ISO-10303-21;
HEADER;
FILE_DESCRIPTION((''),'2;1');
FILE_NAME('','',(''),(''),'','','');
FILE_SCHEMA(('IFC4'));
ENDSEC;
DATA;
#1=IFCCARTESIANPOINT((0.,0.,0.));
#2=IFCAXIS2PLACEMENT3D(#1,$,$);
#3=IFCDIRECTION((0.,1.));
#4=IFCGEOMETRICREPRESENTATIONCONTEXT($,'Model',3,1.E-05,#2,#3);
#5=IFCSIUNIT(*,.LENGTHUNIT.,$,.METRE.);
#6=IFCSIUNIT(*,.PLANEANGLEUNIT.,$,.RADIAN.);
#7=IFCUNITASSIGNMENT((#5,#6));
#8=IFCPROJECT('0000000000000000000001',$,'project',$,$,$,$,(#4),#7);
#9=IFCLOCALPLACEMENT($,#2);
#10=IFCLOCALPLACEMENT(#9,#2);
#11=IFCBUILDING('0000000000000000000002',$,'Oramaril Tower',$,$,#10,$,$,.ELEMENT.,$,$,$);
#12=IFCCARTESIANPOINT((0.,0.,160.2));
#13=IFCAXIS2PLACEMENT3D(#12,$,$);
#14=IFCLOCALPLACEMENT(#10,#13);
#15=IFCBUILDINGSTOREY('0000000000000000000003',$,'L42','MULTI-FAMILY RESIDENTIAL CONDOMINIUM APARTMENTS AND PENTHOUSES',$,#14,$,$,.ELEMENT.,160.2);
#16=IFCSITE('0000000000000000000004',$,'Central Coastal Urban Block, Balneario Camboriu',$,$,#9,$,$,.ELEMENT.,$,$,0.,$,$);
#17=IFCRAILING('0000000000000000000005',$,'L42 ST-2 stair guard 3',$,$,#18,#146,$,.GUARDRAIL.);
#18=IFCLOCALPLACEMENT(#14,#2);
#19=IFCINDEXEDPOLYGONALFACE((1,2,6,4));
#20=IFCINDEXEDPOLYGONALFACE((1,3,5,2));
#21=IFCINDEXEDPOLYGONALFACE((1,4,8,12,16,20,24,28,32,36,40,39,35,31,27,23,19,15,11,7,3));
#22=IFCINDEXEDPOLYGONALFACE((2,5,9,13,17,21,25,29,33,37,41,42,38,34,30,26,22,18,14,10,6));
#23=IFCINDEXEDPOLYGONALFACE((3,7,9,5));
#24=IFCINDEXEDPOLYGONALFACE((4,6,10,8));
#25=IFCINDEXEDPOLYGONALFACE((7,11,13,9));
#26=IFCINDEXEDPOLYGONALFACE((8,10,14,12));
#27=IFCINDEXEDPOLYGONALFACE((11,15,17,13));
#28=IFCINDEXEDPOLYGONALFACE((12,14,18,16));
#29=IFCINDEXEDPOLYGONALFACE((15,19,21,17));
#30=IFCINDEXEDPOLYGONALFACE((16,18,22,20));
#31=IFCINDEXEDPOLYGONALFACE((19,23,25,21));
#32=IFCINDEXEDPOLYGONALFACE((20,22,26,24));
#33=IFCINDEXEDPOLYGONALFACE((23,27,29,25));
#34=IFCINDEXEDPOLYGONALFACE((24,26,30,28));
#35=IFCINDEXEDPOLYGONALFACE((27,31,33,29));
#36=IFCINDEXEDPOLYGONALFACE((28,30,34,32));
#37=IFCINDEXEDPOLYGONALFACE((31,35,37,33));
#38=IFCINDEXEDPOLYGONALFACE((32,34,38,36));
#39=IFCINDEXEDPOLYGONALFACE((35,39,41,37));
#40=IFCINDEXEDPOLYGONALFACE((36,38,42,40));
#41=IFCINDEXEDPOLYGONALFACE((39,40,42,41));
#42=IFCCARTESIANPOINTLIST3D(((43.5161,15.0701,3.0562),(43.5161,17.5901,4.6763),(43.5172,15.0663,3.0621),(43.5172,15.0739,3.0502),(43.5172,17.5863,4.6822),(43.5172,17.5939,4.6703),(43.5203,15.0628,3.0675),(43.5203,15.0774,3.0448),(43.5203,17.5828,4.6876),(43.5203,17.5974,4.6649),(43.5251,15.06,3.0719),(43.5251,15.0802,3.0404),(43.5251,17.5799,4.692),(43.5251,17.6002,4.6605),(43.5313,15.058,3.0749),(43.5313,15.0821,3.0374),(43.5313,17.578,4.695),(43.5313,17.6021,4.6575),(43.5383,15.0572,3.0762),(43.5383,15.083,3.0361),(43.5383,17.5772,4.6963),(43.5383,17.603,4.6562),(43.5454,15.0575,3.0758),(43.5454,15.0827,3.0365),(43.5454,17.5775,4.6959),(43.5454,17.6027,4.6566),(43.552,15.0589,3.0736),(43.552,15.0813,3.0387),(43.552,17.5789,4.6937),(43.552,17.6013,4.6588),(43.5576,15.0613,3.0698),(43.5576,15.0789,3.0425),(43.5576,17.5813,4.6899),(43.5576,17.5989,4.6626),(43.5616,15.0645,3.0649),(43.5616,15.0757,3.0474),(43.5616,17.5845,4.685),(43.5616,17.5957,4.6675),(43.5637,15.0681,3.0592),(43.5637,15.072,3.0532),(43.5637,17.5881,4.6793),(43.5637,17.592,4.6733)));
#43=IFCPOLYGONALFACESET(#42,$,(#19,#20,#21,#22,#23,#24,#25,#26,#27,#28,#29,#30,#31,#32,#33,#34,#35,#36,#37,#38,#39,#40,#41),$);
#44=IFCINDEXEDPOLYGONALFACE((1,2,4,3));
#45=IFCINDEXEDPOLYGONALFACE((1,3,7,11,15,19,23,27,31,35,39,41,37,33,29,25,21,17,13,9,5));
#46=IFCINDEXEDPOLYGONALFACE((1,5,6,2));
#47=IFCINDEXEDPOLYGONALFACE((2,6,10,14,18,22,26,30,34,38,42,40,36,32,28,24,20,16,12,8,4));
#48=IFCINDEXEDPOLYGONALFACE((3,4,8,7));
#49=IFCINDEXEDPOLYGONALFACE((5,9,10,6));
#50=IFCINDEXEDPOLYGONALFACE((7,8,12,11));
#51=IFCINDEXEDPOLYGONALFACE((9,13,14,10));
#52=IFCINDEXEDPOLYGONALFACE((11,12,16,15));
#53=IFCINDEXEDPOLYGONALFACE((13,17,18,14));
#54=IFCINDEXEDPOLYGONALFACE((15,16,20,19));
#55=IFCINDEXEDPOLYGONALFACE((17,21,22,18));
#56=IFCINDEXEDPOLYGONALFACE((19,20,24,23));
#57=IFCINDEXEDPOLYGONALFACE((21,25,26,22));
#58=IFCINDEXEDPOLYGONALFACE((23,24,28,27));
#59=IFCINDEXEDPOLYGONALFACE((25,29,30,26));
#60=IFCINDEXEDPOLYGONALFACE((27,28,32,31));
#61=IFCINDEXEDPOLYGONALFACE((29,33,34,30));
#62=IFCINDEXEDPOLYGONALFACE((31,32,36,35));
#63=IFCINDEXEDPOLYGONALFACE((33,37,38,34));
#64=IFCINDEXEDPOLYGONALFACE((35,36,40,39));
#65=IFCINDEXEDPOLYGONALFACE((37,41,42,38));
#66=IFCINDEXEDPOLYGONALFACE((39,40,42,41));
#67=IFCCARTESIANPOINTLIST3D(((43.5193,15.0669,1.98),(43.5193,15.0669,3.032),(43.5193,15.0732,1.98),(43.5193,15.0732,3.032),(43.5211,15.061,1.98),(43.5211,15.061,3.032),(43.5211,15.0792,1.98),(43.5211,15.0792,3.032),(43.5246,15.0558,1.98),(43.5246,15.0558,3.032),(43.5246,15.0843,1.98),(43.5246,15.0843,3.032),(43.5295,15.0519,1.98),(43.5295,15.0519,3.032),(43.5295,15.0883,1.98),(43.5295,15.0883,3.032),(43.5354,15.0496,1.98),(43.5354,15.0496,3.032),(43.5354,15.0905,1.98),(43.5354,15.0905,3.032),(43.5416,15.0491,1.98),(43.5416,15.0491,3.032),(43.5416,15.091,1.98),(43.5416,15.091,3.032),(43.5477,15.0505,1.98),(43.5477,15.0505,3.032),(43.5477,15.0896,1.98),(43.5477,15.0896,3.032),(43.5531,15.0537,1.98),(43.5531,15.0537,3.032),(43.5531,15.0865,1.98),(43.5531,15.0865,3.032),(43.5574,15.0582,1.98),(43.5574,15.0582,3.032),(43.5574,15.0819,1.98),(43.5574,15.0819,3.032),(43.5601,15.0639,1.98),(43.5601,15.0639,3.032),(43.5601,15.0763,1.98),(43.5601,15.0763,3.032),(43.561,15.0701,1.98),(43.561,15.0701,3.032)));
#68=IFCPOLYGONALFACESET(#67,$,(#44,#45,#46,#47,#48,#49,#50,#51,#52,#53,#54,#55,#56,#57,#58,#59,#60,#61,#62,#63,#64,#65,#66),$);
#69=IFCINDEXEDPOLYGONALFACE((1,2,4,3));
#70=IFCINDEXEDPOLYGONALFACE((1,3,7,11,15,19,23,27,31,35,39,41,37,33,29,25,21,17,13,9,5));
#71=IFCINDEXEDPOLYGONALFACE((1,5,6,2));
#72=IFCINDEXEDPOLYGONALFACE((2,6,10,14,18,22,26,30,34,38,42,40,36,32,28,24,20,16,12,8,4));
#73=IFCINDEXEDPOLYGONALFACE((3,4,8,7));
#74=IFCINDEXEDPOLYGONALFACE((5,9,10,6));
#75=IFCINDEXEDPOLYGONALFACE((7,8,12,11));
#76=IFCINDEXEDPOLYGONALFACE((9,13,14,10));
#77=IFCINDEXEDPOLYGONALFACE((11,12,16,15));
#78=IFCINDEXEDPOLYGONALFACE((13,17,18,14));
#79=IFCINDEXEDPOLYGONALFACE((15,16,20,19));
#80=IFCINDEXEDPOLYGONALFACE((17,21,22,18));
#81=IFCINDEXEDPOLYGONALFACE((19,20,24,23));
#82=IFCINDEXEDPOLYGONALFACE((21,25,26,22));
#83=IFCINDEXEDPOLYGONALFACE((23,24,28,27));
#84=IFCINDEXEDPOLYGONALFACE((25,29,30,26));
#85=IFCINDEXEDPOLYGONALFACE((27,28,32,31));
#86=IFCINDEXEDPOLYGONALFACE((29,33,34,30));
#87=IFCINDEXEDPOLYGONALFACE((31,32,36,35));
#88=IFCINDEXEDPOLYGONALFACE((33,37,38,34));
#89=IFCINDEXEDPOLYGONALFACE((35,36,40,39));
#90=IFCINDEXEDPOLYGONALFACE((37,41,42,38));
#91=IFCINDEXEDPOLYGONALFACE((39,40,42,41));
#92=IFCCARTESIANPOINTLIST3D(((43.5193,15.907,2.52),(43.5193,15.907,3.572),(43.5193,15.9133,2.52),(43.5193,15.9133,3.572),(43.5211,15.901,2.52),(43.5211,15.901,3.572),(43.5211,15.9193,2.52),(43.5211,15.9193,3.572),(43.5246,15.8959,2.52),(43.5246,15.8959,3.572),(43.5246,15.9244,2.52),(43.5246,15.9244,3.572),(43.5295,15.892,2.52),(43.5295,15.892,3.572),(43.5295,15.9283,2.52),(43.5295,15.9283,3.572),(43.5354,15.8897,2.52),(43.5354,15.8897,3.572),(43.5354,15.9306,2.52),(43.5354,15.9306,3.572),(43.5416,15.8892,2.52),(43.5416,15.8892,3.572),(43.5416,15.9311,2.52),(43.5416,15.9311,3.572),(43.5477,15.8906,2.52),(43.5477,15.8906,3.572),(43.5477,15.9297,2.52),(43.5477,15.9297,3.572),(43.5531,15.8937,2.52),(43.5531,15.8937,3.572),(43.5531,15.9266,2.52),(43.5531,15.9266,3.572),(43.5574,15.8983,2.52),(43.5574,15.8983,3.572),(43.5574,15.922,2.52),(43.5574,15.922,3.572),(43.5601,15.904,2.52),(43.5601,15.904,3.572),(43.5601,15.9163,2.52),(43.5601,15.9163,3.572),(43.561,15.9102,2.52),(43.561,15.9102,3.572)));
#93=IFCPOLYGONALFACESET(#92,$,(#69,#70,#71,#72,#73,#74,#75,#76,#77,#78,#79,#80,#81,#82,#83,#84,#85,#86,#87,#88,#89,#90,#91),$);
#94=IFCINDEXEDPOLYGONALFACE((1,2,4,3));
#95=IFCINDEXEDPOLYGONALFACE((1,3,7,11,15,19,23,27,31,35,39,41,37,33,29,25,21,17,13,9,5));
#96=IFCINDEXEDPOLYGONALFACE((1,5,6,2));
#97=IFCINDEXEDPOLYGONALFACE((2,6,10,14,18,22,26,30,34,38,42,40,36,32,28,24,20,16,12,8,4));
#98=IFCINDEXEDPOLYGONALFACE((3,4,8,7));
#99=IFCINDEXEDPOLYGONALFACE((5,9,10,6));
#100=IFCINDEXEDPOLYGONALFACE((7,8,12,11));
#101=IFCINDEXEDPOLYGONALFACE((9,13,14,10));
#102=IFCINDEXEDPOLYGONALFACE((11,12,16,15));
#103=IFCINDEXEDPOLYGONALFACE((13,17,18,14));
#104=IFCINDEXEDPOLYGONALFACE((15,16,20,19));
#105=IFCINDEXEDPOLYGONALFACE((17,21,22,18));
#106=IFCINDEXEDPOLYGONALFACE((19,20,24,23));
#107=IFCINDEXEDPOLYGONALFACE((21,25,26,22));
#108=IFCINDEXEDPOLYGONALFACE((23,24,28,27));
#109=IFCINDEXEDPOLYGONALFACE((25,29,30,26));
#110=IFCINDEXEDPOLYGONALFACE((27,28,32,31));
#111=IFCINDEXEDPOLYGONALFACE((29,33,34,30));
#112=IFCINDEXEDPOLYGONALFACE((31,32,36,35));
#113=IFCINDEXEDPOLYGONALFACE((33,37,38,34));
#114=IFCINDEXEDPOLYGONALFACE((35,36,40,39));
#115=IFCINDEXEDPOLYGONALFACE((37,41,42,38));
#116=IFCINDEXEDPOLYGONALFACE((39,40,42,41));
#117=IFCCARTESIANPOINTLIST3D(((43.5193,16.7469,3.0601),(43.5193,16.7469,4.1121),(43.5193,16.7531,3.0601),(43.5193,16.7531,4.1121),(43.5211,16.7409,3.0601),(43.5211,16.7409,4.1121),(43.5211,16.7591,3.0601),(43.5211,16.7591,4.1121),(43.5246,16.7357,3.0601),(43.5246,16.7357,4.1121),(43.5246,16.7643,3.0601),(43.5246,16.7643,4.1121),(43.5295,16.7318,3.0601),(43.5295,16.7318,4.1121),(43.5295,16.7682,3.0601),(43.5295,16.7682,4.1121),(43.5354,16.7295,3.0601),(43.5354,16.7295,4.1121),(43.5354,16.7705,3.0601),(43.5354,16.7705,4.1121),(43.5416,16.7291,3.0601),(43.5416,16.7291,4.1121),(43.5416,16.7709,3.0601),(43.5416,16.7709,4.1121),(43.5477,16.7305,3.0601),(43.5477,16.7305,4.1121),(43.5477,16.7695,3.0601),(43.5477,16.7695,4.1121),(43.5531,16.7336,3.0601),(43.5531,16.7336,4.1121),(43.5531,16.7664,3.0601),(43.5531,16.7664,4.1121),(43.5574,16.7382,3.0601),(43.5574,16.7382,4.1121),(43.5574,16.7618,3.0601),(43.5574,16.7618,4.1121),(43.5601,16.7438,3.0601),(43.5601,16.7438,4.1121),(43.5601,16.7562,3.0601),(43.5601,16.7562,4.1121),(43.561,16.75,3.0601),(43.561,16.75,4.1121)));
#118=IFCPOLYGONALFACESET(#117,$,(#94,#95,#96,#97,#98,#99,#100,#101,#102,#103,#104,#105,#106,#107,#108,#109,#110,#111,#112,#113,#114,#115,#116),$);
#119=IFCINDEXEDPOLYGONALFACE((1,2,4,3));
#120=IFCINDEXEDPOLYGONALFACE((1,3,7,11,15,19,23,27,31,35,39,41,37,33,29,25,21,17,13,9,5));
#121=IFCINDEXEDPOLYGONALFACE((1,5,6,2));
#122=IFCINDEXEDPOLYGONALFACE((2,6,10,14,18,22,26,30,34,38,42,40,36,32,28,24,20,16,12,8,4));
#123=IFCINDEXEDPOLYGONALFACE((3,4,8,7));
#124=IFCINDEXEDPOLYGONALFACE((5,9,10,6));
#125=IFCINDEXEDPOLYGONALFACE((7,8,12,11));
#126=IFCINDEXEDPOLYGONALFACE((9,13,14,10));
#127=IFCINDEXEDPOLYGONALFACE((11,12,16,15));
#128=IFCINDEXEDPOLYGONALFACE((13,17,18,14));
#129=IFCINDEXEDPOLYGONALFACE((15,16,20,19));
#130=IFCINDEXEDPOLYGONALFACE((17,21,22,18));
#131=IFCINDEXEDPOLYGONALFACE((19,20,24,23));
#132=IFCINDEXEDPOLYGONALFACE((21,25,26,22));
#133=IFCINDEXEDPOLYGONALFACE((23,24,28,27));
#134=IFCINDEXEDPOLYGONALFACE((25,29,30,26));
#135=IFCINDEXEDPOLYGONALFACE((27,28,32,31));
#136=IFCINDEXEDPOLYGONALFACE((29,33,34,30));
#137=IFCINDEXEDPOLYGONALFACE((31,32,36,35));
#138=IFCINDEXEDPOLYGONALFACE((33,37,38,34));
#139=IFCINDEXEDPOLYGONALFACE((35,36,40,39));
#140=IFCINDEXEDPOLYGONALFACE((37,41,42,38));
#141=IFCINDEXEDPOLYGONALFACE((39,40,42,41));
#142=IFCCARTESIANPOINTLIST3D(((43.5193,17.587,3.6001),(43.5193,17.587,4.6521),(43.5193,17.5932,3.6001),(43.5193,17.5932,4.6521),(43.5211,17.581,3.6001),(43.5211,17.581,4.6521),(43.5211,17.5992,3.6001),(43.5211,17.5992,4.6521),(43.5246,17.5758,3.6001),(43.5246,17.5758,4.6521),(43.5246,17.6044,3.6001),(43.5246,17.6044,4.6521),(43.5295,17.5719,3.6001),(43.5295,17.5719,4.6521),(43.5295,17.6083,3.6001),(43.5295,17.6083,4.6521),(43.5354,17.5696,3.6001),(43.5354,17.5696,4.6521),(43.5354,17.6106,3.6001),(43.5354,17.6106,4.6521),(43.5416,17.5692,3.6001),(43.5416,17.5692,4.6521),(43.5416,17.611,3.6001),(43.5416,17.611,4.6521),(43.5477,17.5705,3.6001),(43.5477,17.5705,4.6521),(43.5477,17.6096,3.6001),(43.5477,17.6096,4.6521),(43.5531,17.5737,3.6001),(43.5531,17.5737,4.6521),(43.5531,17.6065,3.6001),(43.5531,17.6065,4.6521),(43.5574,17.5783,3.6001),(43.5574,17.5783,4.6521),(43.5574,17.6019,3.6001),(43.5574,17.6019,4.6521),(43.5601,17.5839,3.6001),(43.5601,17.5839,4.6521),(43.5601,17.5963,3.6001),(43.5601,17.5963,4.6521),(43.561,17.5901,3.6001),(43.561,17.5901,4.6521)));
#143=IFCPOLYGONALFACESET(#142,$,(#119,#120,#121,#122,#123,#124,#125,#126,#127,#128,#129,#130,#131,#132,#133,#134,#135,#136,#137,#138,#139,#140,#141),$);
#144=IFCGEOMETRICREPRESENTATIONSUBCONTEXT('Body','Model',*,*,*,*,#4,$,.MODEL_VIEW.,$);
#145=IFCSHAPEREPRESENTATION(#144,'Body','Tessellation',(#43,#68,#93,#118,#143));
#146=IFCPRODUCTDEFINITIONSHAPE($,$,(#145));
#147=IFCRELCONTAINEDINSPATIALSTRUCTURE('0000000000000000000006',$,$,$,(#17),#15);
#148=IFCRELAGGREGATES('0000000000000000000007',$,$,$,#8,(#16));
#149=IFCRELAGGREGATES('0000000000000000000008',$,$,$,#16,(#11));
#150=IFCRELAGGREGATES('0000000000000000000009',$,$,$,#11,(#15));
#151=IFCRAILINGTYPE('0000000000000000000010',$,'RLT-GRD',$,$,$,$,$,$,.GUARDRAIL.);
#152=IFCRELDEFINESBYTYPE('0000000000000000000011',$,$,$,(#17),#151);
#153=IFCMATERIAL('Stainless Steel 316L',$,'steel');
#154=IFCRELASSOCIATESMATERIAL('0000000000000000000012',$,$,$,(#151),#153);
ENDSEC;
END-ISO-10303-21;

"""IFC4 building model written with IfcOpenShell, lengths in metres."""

from ifc_helpers import new_model, si_unit, direction, frame, origin, origin_2d, place, context, subcontext, project, spatial, circle, extrude, material, type_object, element, save


model = new_model("IFC4")

# Units and contexts
model_context = context("Model", 3, precision=1e-05, world=origin(), true_north=direction((0.0, 1.0)))
body_context = subcontext(model_context, "Body", "Model", "MODEL_VIEW")
ifc_project = project(units=[si_unit("LENGTHUNIT", "METRE"), si_unit("PLANEANGLEUNIT", "RADIAN")], contexts=[model_context])

# Site, building, storey
site_placement = place(None, origin())
site = spatial("IfcSite", under=ifc_project, at=site_placement, Name="Central Coastal Urban Block, Balneario Camboriu", CompositionType="ELEMENT", RefElevation=0.0)
building_placement = place(site_placement, origin())
building = spatial("IfcBuilding", under=site, at=building_placement, Name="Oramaril Tower", CompositionType="ELEMENT")
storey_placement = place(building_placement, frame((0.0, 0.0, 160.2)))
storey = spatial("IfcBuildingStorey", under=building, at=storey_placement, Name="L42", Description="MULTI-FAMILY RESIDENTIAL CONDOMINIUM APARTMENTS AND PENTHOUSES", CompositionType="ELEMENT", Elevation=160.2)

# Railing
ifc_material_1 = material(Name="Stainless Steel 316L", Category="steel")
railing_type_1 = type_object("IfcRailingType", Name="RLT-GRD", PredefinedType="GUARDRAIL", material=ifc_material_1)
railing_1_placement = place(storey_placement, frame((43.54, 15.0701, 1.98)))
element("IfcRailing", 1, at=railing_1_placement, inside=storey, type_object=railing_type_1, Name="L42 ST-2 stair guard 3", PredefinedType="GUARDRAIL", context=body_context, shape_type="SweptSolid", body=[
    extrude(circle(Radius=0.0239, at=origin_2d()), frame((0.0, 0.0, 1.0762), z_axis=(0.0, 0.841163, 0.540782), x_axis=(-1.0, 0.0, 0.0)), (0.0, 0.0, 1.0), 2.9958),
    extrude(circle(Radius=0.021, at=origin_2d()), origin(), (0.0, 0.0, 1.0), 1.052),
    extrude(circle(Radius=0.021, at=origin_2d()), frame((0.0, 0.8401, 0.54)), (0.0, 0.0, 1.0), 1.052),
    extrude(circle(Radius=0.021, at=origin_2d()), frame((0.0, 1.6799, 1.0801)), (0.0, 0.0, 1.0), 1.052),
    extrude(circle(Radius=0.021, at=origin_2d()), frame((0.0, 2.52, 1.6201)), (0.0, 0.0, 1.0), 1.052),
])

save(model, "model.ifc")
